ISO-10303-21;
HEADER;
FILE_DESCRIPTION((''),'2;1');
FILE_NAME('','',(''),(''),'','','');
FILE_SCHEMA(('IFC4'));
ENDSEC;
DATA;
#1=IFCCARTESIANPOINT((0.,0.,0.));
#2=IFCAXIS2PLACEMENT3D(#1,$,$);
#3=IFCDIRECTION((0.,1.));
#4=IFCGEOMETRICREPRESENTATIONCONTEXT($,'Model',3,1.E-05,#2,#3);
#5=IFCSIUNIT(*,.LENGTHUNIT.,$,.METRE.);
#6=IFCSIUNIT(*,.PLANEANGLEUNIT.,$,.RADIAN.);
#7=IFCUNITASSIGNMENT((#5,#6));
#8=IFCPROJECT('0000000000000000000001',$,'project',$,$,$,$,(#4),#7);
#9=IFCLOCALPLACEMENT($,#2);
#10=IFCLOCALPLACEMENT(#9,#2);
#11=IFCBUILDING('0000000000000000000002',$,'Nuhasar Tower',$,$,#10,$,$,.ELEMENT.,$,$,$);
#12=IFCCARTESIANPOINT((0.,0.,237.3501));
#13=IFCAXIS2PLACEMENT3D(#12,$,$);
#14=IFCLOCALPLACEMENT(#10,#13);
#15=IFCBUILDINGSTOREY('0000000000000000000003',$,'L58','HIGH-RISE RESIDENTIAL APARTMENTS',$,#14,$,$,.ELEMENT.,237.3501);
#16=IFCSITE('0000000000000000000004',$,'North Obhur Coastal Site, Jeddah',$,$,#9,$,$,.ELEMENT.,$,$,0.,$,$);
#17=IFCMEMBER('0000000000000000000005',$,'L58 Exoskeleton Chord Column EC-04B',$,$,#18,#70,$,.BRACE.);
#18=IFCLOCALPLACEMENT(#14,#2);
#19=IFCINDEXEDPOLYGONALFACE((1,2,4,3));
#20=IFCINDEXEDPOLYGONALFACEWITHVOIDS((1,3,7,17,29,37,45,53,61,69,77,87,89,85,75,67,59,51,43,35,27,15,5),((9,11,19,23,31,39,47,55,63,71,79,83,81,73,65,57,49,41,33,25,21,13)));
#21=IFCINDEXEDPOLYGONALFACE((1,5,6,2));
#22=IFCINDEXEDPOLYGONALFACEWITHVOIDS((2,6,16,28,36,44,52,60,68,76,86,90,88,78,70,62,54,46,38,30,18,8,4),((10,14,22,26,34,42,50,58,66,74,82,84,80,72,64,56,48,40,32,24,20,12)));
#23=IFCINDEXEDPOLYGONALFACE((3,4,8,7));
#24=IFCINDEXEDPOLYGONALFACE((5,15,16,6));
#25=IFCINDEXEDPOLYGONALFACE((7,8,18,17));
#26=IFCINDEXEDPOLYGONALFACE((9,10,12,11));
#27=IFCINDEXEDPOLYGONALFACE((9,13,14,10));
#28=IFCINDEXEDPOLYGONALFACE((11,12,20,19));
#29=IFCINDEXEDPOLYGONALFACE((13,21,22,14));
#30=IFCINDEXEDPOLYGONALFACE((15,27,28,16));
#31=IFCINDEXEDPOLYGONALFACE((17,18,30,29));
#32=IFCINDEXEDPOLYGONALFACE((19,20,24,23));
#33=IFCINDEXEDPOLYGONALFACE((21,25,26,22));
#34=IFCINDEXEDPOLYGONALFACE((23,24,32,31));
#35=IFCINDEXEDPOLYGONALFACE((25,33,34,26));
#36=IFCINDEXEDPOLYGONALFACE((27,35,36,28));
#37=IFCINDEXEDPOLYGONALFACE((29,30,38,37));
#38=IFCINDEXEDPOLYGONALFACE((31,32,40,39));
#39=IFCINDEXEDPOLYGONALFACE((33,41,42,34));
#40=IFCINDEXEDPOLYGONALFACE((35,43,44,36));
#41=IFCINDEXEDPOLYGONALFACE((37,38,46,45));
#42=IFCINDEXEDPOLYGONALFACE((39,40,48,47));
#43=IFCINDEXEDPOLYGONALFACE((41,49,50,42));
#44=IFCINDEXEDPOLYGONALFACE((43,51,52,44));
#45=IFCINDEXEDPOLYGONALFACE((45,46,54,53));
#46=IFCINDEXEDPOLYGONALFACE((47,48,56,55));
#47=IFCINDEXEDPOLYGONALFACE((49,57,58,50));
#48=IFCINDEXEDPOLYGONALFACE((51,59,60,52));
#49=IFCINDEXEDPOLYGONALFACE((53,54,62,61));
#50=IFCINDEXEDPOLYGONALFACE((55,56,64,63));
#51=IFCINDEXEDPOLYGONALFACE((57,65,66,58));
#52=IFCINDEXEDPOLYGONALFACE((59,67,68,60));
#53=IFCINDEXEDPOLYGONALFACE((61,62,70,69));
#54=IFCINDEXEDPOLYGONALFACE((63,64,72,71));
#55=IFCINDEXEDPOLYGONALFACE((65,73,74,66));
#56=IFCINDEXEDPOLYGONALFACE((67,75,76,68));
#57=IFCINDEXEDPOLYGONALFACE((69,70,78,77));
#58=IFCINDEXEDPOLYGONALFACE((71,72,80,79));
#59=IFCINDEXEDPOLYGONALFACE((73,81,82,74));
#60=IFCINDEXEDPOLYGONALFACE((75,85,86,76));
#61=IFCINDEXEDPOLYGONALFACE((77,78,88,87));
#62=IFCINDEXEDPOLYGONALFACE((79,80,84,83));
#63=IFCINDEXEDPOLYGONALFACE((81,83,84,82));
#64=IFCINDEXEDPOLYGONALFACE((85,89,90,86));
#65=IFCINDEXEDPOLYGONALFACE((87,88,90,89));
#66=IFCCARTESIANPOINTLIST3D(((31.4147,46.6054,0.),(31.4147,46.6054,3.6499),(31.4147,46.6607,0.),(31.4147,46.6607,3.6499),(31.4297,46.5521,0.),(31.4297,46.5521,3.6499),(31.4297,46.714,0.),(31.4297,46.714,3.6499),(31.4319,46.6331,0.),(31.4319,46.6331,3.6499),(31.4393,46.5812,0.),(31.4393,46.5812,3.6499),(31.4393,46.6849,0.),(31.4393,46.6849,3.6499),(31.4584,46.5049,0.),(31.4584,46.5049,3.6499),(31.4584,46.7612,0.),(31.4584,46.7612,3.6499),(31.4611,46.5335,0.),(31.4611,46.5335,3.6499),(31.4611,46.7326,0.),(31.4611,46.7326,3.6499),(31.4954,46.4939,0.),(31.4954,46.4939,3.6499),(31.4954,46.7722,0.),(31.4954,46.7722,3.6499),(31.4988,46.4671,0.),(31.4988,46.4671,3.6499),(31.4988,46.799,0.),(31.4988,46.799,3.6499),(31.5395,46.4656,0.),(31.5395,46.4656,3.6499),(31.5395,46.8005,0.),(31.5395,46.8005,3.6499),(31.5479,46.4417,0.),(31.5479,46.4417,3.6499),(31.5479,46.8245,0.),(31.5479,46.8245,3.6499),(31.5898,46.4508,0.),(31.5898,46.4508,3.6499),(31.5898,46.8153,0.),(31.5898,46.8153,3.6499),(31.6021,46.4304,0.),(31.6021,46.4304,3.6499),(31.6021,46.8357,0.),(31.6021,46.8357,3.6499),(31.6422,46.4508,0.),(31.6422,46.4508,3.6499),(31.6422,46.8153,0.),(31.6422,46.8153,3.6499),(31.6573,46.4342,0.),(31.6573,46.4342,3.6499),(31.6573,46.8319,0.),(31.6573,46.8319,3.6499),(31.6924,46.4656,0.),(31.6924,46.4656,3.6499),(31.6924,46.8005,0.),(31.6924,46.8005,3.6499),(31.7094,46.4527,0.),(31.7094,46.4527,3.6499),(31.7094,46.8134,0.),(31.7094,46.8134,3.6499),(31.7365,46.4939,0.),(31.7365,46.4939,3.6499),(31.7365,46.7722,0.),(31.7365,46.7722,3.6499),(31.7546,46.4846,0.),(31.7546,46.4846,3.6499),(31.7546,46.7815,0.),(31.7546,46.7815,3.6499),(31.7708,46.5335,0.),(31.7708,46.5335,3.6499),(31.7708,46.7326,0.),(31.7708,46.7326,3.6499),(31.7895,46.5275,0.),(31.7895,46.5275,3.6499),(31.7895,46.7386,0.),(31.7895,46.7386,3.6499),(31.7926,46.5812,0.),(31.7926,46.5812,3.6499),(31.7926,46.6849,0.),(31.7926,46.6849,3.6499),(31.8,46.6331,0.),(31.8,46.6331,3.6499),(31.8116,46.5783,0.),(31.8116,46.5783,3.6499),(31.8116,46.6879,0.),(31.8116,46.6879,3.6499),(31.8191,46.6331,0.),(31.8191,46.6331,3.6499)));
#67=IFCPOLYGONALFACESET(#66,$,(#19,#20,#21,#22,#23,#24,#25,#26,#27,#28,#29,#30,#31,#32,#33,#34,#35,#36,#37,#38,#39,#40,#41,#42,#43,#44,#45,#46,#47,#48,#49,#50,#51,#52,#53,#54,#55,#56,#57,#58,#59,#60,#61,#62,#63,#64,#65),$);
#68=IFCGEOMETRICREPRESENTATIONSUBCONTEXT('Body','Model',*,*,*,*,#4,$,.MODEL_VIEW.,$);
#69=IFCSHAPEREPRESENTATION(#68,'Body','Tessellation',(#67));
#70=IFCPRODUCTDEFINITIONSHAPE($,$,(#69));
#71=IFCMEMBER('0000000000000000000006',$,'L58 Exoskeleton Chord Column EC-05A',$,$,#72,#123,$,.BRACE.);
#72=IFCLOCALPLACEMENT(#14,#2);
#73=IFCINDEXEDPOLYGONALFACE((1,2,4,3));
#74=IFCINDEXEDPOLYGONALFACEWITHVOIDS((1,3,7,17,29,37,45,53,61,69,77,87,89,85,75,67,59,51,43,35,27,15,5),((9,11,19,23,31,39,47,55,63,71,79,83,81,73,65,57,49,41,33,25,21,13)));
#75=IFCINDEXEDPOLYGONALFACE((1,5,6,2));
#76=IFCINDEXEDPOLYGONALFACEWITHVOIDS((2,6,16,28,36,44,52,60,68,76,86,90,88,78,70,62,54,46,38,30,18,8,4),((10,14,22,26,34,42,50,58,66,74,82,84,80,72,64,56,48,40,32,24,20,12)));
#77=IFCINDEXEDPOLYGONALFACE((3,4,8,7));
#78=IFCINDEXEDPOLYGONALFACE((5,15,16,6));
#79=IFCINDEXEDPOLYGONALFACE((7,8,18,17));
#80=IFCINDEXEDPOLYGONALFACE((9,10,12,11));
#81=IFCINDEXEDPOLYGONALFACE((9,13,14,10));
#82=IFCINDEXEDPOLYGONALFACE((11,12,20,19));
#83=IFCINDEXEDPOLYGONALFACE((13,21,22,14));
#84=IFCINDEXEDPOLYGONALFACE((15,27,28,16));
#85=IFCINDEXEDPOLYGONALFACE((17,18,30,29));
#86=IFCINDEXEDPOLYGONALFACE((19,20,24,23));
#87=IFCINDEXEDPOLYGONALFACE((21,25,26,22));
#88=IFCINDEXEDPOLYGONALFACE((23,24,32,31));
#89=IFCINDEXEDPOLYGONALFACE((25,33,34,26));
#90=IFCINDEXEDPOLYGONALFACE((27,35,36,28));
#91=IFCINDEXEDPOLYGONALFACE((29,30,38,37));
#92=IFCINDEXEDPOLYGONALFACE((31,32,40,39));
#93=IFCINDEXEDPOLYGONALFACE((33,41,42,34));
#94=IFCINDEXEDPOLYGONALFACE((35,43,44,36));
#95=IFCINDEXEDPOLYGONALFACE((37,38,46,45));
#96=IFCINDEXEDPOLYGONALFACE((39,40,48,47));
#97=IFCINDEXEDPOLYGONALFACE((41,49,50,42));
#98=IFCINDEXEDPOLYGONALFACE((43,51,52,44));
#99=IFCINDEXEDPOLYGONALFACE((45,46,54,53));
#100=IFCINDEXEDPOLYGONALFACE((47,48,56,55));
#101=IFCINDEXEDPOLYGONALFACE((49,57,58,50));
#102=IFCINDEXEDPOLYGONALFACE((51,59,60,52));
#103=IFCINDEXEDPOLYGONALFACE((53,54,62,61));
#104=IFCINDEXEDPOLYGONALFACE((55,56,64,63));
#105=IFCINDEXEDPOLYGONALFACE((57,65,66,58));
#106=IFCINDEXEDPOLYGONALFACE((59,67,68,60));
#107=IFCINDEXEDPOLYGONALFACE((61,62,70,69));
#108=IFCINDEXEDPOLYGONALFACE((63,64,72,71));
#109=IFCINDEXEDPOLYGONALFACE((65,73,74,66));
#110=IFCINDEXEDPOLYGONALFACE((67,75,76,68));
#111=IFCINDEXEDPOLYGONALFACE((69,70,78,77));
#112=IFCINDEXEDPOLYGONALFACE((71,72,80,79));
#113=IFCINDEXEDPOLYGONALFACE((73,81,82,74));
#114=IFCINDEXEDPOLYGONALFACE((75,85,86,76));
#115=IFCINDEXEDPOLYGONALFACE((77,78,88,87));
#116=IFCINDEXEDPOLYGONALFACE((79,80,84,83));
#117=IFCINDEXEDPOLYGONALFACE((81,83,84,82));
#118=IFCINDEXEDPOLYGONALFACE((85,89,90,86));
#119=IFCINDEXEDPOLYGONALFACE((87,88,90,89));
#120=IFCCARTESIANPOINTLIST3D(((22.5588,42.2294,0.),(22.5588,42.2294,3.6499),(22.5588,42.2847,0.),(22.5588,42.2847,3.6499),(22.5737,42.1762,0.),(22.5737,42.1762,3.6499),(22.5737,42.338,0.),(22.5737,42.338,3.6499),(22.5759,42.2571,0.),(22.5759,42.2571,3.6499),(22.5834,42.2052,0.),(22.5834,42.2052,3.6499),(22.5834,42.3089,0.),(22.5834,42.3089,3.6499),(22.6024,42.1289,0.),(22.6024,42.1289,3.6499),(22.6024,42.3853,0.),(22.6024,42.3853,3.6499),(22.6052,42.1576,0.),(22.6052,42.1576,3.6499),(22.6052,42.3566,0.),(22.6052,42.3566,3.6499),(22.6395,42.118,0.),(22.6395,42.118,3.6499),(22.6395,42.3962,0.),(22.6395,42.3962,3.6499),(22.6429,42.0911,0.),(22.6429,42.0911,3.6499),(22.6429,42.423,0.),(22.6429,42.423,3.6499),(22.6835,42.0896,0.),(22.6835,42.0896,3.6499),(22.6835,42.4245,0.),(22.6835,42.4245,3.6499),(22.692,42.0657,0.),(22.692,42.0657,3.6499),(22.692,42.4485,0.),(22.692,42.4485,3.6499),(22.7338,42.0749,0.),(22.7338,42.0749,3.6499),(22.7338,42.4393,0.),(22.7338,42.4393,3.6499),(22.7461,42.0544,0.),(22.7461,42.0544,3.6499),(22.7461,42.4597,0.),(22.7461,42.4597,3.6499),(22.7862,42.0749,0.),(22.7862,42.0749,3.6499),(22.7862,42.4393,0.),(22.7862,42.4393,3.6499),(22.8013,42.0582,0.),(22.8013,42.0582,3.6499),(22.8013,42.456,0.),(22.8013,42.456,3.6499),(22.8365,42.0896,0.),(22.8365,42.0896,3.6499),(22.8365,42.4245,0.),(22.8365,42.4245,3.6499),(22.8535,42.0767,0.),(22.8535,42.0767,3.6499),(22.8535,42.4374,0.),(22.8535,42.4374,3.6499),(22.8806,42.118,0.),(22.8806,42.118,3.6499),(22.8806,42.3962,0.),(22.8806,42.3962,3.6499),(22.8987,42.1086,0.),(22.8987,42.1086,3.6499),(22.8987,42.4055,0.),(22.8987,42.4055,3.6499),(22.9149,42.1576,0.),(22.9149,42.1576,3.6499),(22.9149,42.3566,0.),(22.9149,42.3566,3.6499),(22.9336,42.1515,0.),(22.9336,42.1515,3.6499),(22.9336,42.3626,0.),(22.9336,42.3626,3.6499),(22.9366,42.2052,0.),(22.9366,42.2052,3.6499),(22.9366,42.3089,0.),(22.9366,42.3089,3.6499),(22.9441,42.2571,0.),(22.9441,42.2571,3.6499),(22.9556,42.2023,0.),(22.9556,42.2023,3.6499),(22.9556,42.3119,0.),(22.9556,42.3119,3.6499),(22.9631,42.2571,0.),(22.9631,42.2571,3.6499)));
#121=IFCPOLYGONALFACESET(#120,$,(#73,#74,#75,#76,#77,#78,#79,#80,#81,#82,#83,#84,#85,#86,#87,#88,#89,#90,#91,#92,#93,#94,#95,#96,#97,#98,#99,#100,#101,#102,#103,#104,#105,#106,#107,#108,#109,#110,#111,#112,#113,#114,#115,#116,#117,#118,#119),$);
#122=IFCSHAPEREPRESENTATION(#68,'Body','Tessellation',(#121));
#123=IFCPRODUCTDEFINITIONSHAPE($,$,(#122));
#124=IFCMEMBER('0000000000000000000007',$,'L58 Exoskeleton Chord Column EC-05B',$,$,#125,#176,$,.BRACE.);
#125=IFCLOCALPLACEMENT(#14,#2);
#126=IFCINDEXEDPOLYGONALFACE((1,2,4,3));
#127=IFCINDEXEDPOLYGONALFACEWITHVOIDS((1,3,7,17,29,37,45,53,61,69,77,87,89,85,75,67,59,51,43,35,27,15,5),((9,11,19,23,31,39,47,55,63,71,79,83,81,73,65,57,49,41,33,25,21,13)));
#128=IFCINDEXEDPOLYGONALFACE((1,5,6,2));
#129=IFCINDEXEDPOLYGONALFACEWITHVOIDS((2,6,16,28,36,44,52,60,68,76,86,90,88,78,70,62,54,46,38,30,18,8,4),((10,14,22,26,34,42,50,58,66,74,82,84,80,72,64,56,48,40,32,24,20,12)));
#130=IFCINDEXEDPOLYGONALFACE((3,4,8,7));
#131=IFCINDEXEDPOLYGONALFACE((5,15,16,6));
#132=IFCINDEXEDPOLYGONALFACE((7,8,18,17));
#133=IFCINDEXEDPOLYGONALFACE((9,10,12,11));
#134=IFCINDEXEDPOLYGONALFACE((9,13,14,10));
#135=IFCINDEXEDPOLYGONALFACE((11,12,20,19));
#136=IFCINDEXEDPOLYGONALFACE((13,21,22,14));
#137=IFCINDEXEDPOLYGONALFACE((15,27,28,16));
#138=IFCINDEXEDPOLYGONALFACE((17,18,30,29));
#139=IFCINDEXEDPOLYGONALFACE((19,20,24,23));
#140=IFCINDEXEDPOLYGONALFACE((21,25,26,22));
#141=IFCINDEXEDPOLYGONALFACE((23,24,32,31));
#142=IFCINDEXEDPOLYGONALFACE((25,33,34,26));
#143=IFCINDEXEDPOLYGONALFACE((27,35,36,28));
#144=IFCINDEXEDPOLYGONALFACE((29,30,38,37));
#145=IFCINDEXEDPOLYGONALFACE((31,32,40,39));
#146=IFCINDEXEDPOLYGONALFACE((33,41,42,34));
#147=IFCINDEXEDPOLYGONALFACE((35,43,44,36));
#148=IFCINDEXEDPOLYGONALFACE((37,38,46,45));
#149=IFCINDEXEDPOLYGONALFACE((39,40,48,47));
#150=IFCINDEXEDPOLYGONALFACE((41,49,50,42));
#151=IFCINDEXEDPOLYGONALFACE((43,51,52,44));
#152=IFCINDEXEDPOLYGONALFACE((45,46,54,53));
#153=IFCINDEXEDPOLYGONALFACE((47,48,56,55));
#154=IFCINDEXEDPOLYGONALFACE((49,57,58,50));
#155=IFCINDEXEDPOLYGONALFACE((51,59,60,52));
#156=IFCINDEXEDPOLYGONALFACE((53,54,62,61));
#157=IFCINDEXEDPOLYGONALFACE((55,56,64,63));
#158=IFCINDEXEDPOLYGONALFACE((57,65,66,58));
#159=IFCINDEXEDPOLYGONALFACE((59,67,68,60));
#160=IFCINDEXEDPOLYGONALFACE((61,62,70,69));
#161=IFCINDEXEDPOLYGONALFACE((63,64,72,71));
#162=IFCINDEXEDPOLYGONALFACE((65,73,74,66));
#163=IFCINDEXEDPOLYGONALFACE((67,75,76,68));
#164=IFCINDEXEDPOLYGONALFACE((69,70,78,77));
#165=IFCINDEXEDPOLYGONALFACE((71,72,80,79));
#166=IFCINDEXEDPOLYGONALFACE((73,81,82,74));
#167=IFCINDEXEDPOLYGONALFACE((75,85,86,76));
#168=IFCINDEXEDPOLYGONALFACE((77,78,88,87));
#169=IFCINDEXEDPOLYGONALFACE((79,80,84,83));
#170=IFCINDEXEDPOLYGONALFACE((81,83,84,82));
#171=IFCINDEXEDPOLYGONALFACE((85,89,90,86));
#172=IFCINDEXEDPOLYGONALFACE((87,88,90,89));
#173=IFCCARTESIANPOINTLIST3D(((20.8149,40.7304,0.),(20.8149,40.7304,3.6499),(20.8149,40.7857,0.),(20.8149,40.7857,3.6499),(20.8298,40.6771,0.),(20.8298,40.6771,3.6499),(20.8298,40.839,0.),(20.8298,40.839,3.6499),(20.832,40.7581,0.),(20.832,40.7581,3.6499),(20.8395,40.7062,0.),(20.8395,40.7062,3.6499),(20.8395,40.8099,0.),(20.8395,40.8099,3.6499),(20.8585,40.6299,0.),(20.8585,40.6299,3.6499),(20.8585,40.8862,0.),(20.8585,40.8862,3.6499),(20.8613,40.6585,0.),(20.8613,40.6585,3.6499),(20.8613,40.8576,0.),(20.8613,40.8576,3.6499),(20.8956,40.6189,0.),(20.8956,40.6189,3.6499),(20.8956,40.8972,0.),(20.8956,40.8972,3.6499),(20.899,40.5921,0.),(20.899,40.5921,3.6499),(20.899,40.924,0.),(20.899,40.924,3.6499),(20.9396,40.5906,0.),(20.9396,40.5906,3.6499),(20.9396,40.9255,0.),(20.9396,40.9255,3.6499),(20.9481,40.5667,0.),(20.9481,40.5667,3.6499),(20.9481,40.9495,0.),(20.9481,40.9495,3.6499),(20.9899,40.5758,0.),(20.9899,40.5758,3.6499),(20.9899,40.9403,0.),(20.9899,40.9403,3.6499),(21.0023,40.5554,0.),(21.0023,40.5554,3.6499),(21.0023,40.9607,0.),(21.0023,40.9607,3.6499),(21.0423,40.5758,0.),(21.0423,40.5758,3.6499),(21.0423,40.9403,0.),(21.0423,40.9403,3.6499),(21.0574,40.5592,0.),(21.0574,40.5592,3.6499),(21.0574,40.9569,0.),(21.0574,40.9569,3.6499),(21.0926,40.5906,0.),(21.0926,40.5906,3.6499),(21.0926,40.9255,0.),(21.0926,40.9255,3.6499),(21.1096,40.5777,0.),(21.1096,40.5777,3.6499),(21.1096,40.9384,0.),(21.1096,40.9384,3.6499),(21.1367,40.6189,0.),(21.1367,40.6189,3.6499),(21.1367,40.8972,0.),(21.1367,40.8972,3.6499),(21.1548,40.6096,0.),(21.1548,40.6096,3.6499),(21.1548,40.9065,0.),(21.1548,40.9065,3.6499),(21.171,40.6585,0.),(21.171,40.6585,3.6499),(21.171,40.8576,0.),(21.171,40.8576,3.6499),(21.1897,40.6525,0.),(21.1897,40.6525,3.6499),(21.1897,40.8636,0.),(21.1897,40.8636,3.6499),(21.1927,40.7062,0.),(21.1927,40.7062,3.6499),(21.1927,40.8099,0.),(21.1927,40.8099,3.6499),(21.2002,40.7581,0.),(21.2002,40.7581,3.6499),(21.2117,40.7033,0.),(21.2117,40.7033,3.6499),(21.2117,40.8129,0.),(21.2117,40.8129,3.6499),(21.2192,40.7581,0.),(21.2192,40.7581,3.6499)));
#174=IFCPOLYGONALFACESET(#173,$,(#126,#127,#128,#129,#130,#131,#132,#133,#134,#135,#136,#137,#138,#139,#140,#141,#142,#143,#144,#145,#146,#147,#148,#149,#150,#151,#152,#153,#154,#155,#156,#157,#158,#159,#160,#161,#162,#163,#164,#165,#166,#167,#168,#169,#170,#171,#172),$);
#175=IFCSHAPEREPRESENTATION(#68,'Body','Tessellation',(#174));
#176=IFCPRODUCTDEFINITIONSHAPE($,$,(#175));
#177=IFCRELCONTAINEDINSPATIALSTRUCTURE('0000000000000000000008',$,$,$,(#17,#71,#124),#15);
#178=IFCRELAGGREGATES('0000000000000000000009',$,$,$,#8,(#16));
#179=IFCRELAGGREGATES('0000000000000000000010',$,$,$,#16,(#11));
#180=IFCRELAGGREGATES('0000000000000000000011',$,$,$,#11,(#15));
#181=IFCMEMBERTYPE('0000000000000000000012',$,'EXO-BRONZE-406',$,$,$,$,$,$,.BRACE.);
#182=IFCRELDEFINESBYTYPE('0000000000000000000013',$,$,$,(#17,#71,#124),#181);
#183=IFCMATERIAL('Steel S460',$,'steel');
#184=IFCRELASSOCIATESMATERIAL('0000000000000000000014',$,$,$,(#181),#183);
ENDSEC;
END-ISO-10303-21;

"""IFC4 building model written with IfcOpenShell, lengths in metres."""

from ifc_helpers import new_model, si_unit, direction, frame, origin, origin_2d, place, context, subcontext, project, spatial, hollow_circle, extrude, material, material_profile, profile_set, type_object, element, save


model = new_model("IFC4")

# Units and contexts
model_context = context("Model", 3, precision=1e-05, world=origin(), true_north=direction((0.0, 1.0)))
body_context = subcontext(model_context, "Body", "Model", "MODEL_VIEW")
ifc_project = project(units=[si_unit("LENGTHUNIT", "METRE"), si_unit("PLANEANGLEUNIT", "RADIAN")], contexts=[model_context])

# Site, building, storey
site_placement = place(None, origin())
site = spatial("IfcSite", under=ifc_project, at=site_placement, Name="North Obhur Coastal Site, Jeddah", CompositionType="ELEMENT", RefElevation=0.0)
building_placement = place(site_placement, origin())
building = spatial("IfcBuilding", under=site, at=building_placement, Name="Nuhasar Tower", CompositionType="ELEMENT")
storey_placement = place(building_placement, frame((0.0, 0.0, 237.3501)))
storey = spatial("IfcBuildingStorey", under=building, at=storey_placement, Name="L58", Description="HIGH-RISE RESIDENTIAL APARTMENTS", CompositionType="ELEMENT", Elevation=237.3501)

# Members
ifc_material_1 = material(Name="Steel S460", Category="steel")
ifc_material_profile_1 = material_profile(ifc_material_1, hollow_circle(Radius=0.2031, WallThickness=0.019, at=origin_2d()), Name="HSS406.4X19.1")
ifc_profile_set_1 = profile_set([ifc_material_profile_1], Name="Steel S460")
member_type_1 = type_object("IfcMemberType", Name="EXO-BRONZE-406", PredefinedType="BRACE", material=ifc_profile_set_1)
for number, where, z_axis, x_axis, name in (
    (1, (31.616, 46.6331, 0.0), (0.0, 0.0, 1.0), (1.0, 0.0, 0.0), "L58 Exoskeleton Chord Column EC-04B"),
    (2, (22.76, 42.2571, 0.0), (0.0, 0.0, 1.0), (1.0, 0.0, 0.0), "L58 Exoskeleton Chord Column EC-05A"),
    (3, (21.0161, 40.7581, 0.0), (0.0, 0.0, 1.0), (1.0, 0.0, 0.0), "L58 Exoskeleton Chord Column EC-05B"),
):
    element("IfcMember", number, at=place(storey_placement, frame(where, z_axis=z_axis, x_axis=x_axis)), inside=storey, type_object=member_type_1, Name=name, PredefinedType="BRACE", context=body_context, shape_type="SweptSolid", body=[
        extrude(hollow_circle(Radius=0.2031, WallThickness=0.019, at=origin_2d()), origin(), (0.0, 0.0, 1.0), 3.6499),
    ])

save(model, "model.ifc")
